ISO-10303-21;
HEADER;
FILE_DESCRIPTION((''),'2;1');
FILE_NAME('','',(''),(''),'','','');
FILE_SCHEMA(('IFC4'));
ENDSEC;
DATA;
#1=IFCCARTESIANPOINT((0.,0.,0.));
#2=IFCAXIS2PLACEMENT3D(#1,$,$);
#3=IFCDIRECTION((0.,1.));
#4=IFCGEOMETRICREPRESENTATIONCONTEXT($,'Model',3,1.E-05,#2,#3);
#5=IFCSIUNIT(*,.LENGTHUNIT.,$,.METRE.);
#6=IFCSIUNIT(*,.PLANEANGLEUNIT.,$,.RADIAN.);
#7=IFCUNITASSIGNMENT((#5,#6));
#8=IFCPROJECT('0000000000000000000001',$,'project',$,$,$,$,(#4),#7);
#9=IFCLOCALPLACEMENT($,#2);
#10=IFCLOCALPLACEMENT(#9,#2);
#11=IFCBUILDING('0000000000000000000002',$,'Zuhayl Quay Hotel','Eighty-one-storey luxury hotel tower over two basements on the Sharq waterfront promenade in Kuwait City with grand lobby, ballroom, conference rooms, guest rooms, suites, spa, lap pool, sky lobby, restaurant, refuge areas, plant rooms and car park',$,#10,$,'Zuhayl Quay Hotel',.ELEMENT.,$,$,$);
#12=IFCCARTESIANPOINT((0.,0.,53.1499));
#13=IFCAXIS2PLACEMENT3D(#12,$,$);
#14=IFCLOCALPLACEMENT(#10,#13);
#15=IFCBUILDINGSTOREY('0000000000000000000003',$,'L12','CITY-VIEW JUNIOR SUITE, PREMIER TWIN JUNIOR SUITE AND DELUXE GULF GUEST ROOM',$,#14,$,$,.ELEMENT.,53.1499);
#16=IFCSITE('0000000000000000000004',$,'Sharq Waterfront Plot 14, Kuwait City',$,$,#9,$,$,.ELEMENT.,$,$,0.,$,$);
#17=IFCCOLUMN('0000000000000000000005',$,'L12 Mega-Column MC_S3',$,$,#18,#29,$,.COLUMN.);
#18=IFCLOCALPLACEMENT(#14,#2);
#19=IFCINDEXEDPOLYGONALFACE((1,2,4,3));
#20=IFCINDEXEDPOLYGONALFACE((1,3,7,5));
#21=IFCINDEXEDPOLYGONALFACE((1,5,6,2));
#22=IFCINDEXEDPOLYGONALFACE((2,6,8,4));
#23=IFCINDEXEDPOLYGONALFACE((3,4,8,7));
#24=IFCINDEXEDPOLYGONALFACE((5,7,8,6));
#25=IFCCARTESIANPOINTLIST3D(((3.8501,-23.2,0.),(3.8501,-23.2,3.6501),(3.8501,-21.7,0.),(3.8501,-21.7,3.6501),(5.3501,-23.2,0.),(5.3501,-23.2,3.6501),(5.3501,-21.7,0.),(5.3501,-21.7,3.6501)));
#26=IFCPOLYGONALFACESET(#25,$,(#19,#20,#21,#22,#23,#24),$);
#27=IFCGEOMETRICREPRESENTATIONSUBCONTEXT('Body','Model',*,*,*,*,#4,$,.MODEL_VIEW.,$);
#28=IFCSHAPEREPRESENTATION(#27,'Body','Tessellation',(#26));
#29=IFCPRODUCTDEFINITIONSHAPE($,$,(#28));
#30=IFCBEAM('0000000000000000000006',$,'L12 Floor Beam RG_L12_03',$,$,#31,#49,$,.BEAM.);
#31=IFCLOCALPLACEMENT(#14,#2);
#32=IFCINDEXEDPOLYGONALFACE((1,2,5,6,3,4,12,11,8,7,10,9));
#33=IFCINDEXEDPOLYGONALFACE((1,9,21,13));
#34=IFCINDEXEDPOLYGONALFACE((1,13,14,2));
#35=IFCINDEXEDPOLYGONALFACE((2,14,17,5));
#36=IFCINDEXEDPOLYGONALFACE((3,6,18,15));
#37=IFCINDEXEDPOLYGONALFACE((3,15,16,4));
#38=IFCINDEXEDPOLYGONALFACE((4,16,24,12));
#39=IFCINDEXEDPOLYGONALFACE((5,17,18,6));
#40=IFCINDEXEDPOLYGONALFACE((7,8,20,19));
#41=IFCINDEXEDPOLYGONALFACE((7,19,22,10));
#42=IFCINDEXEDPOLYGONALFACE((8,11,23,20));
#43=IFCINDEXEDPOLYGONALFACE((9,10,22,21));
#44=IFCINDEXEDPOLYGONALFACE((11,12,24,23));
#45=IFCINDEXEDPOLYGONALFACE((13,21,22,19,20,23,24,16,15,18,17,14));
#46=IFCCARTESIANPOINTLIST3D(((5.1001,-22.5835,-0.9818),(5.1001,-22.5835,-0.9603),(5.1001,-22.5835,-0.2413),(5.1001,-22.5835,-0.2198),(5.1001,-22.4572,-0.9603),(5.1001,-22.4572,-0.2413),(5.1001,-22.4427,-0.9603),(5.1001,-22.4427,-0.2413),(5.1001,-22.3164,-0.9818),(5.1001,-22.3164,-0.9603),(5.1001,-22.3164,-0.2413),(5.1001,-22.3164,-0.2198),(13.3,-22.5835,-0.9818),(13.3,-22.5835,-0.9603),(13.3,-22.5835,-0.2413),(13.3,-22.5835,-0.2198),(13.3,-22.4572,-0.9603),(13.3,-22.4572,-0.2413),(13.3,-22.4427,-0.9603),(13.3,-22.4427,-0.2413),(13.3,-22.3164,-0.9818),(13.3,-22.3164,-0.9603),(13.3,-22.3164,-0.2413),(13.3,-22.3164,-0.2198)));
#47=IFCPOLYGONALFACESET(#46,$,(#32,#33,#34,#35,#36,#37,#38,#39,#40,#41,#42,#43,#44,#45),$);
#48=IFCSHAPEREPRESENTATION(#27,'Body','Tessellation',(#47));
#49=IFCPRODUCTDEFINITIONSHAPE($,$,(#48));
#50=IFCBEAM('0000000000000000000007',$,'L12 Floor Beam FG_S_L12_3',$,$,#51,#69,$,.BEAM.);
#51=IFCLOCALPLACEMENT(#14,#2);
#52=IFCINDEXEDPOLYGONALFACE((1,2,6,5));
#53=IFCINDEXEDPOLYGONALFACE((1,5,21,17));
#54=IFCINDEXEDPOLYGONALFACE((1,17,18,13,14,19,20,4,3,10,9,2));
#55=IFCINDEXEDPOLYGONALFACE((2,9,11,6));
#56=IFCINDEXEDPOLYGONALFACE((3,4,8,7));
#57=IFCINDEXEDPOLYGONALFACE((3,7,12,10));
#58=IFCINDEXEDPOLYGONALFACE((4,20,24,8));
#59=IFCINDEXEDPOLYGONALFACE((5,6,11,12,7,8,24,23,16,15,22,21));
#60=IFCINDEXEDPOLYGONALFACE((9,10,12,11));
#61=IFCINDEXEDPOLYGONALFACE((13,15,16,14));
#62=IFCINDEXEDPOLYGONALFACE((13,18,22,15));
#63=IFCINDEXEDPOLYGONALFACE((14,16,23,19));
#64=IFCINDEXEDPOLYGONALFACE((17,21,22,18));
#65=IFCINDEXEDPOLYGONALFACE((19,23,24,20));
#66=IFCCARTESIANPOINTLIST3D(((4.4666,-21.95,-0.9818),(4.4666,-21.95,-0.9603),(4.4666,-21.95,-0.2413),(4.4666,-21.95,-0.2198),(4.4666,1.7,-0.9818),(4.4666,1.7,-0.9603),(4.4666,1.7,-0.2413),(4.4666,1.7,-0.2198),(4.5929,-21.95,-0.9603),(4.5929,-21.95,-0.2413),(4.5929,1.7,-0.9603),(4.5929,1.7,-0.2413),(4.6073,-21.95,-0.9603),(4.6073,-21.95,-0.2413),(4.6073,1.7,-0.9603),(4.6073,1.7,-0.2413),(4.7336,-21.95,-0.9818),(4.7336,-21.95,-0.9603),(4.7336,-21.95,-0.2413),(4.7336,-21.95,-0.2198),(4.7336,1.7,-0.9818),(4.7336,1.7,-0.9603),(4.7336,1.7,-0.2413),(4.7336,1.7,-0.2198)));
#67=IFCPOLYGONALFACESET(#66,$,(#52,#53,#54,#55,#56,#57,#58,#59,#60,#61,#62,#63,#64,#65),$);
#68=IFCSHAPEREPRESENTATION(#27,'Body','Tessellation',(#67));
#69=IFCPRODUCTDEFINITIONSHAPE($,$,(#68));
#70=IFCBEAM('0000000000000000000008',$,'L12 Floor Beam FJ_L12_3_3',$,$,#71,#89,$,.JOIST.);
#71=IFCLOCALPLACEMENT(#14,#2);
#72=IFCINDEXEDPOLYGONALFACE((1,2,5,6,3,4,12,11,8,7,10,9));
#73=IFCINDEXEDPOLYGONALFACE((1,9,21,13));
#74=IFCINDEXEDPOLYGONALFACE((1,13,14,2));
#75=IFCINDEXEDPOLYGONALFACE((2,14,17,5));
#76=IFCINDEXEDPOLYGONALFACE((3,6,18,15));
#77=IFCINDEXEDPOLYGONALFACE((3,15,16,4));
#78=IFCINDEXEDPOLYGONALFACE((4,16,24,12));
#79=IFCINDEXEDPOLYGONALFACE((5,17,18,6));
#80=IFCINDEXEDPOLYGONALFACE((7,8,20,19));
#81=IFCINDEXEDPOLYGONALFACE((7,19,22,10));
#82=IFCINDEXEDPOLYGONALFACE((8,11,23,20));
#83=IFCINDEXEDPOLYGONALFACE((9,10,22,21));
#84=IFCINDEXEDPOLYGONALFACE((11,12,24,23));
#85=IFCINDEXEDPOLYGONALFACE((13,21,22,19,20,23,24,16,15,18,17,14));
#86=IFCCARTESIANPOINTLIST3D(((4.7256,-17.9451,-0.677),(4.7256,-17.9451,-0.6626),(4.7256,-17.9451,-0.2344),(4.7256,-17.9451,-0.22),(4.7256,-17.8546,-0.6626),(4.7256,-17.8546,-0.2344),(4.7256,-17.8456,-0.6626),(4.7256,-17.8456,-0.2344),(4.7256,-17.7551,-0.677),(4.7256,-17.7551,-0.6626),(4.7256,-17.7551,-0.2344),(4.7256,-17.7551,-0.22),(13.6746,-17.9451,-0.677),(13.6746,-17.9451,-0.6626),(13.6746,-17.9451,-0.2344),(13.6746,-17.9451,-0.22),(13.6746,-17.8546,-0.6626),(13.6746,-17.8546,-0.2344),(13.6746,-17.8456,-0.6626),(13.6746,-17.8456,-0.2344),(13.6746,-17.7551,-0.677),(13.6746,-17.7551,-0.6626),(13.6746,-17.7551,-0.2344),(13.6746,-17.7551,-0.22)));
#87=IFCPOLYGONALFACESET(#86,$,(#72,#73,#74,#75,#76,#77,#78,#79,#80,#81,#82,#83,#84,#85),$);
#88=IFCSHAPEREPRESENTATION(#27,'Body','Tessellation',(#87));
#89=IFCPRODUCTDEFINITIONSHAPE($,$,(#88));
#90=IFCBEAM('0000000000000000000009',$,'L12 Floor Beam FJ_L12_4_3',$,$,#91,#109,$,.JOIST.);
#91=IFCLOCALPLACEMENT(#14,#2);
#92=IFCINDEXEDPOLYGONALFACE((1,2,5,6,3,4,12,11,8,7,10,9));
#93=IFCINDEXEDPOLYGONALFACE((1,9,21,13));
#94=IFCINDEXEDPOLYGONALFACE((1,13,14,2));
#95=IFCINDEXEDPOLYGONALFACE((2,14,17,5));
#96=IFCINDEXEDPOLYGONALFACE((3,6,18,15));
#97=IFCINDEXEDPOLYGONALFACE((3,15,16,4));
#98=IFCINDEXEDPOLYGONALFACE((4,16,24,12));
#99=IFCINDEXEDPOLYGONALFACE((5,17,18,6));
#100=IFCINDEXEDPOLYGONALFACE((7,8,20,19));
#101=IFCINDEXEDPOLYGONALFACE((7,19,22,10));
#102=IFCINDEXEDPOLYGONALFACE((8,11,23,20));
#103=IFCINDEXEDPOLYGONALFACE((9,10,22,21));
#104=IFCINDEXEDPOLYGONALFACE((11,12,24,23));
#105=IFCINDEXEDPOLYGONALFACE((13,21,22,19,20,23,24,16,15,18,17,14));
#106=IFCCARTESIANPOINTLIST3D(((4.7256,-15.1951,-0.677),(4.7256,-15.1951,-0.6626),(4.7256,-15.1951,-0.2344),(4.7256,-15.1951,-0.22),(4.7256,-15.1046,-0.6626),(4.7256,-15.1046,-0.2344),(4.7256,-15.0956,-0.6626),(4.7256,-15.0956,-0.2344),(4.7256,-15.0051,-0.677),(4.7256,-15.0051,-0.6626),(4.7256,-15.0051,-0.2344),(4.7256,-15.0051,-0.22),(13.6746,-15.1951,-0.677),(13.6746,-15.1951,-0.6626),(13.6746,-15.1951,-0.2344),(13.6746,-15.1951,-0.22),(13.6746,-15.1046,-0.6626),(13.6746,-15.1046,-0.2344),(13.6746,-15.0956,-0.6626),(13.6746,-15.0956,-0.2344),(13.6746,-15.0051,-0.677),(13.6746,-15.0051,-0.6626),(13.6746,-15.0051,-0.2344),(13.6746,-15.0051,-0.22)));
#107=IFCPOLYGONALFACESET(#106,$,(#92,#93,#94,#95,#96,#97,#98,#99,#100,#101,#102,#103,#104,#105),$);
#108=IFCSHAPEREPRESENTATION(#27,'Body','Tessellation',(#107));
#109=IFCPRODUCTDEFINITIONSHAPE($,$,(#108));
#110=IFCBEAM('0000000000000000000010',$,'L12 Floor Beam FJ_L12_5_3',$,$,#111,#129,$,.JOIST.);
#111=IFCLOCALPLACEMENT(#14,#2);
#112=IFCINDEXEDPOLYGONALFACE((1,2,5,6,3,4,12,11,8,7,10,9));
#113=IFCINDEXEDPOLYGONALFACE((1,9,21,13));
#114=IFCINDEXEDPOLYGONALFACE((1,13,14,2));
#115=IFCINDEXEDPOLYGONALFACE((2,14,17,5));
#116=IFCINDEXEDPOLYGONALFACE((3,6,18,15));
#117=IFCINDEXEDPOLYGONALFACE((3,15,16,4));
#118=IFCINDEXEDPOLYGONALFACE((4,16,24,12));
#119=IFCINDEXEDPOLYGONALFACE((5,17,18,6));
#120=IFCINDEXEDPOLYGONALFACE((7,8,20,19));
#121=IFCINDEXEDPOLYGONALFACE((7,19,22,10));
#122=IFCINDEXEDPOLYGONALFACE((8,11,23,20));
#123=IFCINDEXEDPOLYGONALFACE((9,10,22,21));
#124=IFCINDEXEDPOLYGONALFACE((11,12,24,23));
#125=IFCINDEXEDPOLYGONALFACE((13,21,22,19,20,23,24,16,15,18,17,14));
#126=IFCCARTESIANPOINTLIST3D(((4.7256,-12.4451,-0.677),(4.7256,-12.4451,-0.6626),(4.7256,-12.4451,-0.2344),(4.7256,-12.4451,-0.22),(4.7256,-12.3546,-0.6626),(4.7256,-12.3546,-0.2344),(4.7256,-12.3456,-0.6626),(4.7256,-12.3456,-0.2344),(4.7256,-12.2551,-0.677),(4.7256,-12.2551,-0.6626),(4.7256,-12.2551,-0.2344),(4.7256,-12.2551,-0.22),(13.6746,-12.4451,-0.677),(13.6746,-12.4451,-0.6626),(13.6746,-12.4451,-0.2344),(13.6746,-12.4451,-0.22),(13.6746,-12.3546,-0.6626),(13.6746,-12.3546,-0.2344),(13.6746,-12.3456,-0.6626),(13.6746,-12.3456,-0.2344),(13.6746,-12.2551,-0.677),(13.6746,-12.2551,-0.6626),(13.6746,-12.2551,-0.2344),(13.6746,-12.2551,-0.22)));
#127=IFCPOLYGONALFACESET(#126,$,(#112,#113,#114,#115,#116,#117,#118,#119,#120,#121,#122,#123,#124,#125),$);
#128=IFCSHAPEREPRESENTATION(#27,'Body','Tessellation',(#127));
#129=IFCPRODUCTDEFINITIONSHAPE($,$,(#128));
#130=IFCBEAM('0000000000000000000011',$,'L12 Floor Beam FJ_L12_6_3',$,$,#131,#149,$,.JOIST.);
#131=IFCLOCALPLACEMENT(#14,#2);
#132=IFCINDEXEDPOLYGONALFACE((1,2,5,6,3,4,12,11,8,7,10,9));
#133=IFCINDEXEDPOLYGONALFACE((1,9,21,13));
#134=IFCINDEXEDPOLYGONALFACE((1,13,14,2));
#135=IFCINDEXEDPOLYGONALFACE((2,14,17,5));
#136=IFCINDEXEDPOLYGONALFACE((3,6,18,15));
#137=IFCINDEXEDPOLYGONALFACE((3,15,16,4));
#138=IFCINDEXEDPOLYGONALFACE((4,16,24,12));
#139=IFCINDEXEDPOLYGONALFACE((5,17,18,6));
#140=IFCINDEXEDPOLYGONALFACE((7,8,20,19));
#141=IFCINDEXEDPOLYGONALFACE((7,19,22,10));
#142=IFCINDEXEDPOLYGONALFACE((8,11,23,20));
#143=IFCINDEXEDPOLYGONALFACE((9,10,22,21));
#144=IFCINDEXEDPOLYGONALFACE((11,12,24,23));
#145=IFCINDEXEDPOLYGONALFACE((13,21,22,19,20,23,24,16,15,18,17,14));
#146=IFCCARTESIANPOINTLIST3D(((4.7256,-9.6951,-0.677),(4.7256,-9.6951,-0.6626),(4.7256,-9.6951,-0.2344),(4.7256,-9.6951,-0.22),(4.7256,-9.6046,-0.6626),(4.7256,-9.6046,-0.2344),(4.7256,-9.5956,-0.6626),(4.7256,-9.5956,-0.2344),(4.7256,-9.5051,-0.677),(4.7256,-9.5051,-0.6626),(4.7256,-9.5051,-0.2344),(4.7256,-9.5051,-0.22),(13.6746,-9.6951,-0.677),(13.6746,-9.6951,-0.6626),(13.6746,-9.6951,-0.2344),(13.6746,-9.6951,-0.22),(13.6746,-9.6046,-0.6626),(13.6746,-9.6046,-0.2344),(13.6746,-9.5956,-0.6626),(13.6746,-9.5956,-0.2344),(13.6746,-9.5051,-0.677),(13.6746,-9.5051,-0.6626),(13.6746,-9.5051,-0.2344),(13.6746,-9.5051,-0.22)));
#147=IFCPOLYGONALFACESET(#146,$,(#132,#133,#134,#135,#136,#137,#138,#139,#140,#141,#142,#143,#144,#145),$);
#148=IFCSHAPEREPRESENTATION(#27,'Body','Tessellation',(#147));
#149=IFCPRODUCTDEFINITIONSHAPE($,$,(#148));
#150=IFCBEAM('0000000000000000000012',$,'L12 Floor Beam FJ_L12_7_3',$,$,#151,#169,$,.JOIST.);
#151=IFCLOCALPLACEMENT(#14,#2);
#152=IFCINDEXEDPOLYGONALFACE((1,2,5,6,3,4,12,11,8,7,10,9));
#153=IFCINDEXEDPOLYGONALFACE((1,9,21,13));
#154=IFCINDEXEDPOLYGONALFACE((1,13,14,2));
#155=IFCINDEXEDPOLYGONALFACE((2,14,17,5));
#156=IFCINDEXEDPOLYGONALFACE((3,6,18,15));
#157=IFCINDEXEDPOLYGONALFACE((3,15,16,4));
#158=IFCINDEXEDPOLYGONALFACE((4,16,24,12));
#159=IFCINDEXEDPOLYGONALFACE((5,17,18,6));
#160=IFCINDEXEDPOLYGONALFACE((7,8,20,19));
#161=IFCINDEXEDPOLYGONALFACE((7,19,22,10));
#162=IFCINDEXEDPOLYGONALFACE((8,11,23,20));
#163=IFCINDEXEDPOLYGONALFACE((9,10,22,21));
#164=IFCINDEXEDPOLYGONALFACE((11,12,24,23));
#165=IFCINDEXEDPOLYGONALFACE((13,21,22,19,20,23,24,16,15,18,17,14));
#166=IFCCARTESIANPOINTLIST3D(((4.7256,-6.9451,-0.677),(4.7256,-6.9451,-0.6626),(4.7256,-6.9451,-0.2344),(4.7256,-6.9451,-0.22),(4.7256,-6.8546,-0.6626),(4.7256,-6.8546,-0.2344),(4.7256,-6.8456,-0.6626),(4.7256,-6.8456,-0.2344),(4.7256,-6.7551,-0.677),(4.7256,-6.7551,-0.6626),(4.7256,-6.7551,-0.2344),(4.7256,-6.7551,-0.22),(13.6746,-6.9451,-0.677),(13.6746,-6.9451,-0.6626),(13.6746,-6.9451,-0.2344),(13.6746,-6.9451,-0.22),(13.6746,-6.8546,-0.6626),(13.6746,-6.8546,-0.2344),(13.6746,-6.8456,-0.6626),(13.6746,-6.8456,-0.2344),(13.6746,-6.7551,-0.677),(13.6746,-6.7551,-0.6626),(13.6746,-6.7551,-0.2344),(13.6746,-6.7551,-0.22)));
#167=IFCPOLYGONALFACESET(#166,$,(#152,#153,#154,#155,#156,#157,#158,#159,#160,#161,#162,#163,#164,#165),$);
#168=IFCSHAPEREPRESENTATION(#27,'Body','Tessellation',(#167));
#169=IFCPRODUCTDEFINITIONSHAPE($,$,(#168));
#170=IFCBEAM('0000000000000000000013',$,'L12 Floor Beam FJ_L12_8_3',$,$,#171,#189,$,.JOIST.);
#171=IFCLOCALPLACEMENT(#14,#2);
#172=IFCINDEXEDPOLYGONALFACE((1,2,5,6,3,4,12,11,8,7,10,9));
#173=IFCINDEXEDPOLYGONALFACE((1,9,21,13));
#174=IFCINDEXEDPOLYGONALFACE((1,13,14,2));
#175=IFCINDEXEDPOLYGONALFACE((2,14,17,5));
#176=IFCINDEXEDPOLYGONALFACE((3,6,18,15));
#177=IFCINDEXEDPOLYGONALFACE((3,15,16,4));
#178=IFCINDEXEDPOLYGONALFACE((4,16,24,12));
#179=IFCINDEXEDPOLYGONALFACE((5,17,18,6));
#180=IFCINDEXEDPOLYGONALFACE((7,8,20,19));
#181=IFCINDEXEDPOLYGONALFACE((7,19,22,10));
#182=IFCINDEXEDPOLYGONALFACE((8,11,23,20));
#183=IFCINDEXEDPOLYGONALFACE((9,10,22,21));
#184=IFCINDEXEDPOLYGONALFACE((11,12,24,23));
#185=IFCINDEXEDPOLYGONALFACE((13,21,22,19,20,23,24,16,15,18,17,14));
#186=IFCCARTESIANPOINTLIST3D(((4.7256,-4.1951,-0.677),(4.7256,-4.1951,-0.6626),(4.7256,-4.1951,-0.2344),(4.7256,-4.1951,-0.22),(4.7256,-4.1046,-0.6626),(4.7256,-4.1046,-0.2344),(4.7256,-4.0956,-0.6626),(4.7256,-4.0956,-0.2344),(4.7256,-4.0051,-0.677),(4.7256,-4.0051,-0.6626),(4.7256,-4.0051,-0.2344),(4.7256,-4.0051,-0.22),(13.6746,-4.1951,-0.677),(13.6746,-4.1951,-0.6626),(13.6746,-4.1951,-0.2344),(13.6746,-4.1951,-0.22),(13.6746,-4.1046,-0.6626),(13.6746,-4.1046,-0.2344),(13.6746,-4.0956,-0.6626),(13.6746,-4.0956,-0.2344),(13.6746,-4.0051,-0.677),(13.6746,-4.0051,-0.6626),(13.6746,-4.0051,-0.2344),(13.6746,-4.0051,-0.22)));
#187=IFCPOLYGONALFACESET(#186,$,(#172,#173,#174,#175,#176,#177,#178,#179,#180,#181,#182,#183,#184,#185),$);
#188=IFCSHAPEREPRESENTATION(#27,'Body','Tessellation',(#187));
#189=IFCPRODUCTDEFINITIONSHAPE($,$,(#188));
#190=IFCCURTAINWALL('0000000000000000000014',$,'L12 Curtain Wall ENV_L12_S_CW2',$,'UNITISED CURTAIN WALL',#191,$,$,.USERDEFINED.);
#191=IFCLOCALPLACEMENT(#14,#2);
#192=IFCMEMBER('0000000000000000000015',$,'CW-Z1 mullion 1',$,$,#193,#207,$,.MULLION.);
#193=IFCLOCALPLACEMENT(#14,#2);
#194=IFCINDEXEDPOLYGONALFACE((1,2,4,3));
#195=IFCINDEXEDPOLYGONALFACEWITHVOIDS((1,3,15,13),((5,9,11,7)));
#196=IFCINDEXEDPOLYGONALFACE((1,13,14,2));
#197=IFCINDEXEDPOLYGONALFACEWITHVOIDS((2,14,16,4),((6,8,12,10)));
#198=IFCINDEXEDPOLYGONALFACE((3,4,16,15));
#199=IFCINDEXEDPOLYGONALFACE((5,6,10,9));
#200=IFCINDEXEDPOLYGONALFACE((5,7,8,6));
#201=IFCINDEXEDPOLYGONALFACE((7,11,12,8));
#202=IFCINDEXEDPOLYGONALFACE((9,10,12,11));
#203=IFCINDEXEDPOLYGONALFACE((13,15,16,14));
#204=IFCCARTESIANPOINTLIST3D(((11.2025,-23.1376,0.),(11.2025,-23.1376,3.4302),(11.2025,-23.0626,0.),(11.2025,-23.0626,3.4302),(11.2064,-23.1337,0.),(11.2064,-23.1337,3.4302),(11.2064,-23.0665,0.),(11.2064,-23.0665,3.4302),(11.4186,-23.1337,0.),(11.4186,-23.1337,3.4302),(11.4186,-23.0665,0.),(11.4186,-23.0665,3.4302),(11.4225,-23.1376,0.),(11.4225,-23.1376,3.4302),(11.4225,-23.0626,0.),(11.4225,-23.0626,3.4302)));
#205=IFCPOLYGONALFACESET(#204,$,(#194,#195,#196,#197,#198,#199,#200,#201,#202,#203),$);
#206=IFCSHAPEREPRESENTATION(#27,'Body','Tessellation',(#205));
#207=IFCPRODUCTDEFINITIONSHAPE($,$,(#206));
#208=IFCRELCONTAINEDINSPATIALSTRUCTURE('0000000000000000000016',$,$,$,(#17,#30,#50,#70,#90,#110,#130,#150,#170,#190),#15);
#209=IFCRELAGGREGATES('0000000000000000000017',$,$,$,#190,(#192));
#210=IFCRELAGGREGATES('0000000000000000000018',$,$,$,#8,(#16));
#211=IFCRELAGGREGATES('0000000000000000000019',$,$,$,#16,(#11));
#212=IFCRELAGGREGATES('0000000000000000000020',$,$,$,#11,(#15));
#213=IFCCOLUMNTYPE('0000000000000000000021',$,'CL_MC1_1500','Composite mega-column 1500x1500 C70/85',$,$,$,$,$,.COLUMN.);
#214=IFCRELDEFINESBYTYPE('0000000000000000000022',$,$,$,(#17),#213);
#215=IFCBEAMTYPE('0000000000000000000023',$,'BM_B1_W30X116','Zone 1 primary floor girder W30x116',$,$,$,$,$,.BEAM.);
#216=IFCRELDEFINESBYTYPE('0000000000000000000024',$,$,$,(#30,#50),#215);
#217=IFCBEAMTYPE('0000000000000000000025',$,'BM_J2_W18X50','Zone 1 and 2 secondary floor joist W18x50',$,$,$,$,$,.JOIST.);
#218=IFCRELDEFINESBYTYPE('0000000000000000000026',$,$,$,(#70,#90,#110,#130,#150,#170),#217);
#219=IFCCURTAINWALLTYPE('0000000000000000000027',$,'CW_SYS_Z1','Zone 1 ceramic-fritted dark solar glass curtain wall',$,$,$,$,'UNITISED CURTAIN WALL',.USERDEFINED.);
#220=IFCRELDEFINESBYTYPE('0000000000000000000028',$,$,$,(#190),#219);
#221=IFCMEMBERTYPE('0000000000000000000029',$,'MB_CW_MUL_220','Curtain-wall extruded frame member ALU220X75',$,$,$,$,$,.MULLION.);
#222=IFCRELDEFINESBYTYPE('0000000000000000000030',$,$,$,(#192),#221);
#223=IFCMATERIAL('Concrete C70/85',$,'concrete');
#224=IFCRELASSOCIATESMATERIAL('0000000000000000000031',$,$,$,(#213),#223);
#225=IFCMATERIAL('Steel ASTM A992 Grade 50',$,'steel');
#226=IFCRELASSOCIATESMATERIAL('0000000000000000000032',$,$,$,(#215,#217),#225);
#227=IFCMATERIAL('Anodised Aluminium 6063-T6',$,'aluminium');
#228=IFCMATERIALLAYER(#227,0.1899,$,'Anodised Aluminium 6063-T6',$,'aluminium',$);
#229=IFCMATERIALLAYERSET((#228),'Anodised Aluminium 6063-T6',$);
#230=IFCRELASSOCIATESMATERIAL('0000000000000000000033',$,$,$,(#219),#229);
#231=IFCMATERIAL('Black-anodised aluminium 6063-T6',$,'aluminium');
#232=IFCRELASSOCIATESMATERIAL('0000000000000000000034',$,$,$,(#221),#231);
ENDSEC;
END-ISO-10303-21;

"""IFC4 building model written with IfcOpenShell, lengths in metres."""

from ifc_helpers import new_model, si_unit, direction, frame, origin, origin_2d, place, context, subcontext, project, spatial, rectangle, hollow_rectangle, i_section, extrude, material, layer, layer_set, material_profile, profile_set, type_object, element, aggregate, save


model = new_model("IFC4")

# Units and contexts
model_context = context("Model", 3, precision=1e-05, world=origin(), true_north=direction((0.0, 1.0)))
body_context = subcontext(model_context, "Body", "Model", "MODEL_VIEW")
ifc_project = project(units=[si_unit("LENGTHUNIT", "METRE"), si_unit("PLANEANGLEUNIT", "RADIAN")], contexts=[model_context])

# Site, building, storey
site_placement = place(None, origin())
site = spatial("IfcSite", under=ifc_project, at=site_placement, Name="Sharq Waterfront Plot 14, Kuwait City", CompositionType="ELEMENT", RefElevation=0.0)
building_placement = place(site_placement, origin())
building = spatial("IfcBuilding", under=site, at=building_placement, Name="Zuhayl Quay Hotel", Description="Eighty-one-storey luxury hotel tower over two basements on the Sharq waterfront promenade in Kuwait City with grand lobby, ballroom, conference rooms, guest rooms, suites, spa, lap pool, sky lobby, restaurant, refuge areas, plant rooms and car park", LongName="Zuhayl Quay Hotel", CompositionType="ELEMENT")
storey_placement = place(building_placement, frame((0.0, 0.0, 53.1499)))
storey = spatial("IfcBuildingStorey", under=building, at=storey_placement, Name="L12", Description="CITY-VIEW JUNIOR SUITE, PREMIER TWIN JUNIOR SUITE AND DELUXE GULF GUEST ROOM", CompositionType="ELEMENT", Elevation=53.1499)

# Column
ifc_material_1 = material(Name="Concrete C70/85", Category="concrete")
ifc_material_profile_1 = material_profile(ifc_material_1, rectangle(XDim=1.5, YDim=1.5, at=origin_2d()), Name="RC1500X1500")
ifc_profile_set_1 = profile_set([ifc_material_profile_1], Name="Concrete C70/85")
column_type = type_object("IfcColumnType", Name="CL_MC1_1500", Description="Composite mega-column 1500x1500 C70/85", PredefinedType="COLUMN", material=ifc_profile_set_1)
column_placement = place(storey_placement, frame((4.6001, -22.45, 0.0), z_axis=(0.0, 0.0, 1.0), x_axis=(1.0, 0.0, 0.0)))
element("IfcColumn", 1, at=column_placement, inside=storey, type_object=column_type, Name="L12 Mega-Column MC_S3", PredefinedType="COLUMN", context=body_context, shape_type="SweptSolid", body=[
    extrude(rectangle(XDim=1.5, YDim=1.5, at=origin_2d()), origin(), (0.0, 0.0, 1.0), 3.6501),
])

# Beams
ifc_material_2 = material(Name="Steel ASTM A992 Grade 50", Category="steel")
ifc_material_profile_2 = material_profile(ifc_material_2, i_section(OverallWidth=0.2671, OverallDepth=0.762, WebThickness=0.0144, FlangeThickness=0.0215, at=origin_2d()), Name="W30X116")
ifc_profile_set_2 = profile_set([ifc_material_profile_2], Name="Steel ASTM A992 Grade 50")
beam_type_1 = type_object("IfcBeamType", Name="BM_B1_W30X116", Description="Zone 1 primary floor girder W30x116", PredefinedType="BEAM", material=ifc_profile_set_2)
beam_1_placement = place(storey_placement, frame((5.1001, -22.45, -0.6008), z_axis=(1.0, 0.0, 0.0), x_axis=(0.0, 1.0, 0.0)))
element("IfcBeam", 2, at=beam_1_placement, inside=storey, type_object=beam_type_1, Name="L12 Floor Beam RG_L12_03", PredefinedType="BEAM", context=body_context, shape_type="SweptSolid", body=[
    extrude(i_section(OverallWidth=0.2671, OverallDepth=0.762, WebThickness=0.0144, FlangeThickness=0.0215, at=origin_2d()), origin(), (0.0, 0.0, 1.0), 8.2),
])
beam_2_placement = place(storey_placement, frame((4.6001, -21.95, -0.6008), z_axis=(0.0, 1.0, 0.0), x_axis=(-1.0, 0.0, 0.0)))
element("IfcBeam", 3, at=beam_2_placement, inside=storey, type_object=beam_type_1, Name="L12 Floor Beam FG_S_L12_3", PredefinedType="BEAM", context=body_context, shape_type="SweptSolid", body=[
    extrude(i_section(OverallWidth=0.2671, OverallDepth=0.762, WebThickness=0.0144, FlangeThickness=0.0215, at=origin_2d()), origin(), (0.0, 0.0, 1.0), 23.6499),
])
ifc_material_profile_3 = material_profile(ifc_material_2, i_section(OverallWidth=0.1899, OverallDepth=0.457, WebThickness=0.009, FlangeThickness=0.0144, at=origin_2d()), Name="W18X50")
ifc_profile_set_3 = profile_set([ifc_material_profile_3], Name="Steel ASTM A992 Grade 50")
beam_type_2 = type_object("IfcBeamType", Name="BM_J2_W18X50", Description="Zone 1 and 2 secondary floor joist W18x50", PredefinedType="JOIST", material=ifc_profile_set_3)
for number, where, z_axis, x_axis, name in (
    (4, (4.7256, -17.8501, -0.4485), (1.0, 0.0, 0.0), (0.0, 1.0, 0.0), "L12 Floor Beam FJ_L12_3_3"),
    (5, (4.7256, -15.1001, -0.4485), (1.0, 0.0, 0.0), (0.0, 1.0, 0.0), "L12 Floor Beam FJ_L12_4_3"),
    (6, (4.7256, -12.3501, -0.4485), (1.0, 0.0, 0.0), (0.0, 1.0, 0.0), "L12 Floor Beam FJ_L12_5_3"),
    (7, (4.7256, -9.6001, -0.4485), (1.0, 0.0, 0.0), (0.0, 1.0, 0.0), "L12 Floor Beam FJ_L12_6_3"),
    (8, (4.7256, -6.8501, -0.4485), (1.0, 0.0, 0.0), (0.0, 1.0, 0.0), "L12 Floor Beam FJ_L12_7_3"),
    (9, (4.7256, -4.1001, -0.4485), (1.0, 0.0, 0.0), (0.0, 1.0, 0.0), "L12 Floor Beam FJ_L12_8_3"),
):
    element("IfcBeam", number, at=place(storey_placement, frame(where, z_axis=z_axis, x_axis=x_axis)), inside=storey, type_object=beam_type_2, Name=name, PredefinedType="JOIST", context=body_context, shape_type="SweptSolid", body=[
        extrude(i_section(OverallWidth=0.1899, OverallDepth=0.457, WebThickness=0.009, FlangeThickness=0.0144, at=origin_2d()), origin(), (0.0, 0.0, 1.0), 8.949),
    ])

# Curtain wall, member
ifc_material_3 = material(Name="Anodised Aluminium 6063-T6", Category="aluminium")
ifc_layer_1 = layer(ifc_material_3, 0.1899, Name="Anodised Aluminium 6063-T6", Category="aluminium")
ifc_layer_set_1 = layer_set([ifc_layer_1], Name="Anodised Aluminium 6063-T6")
curtain_wall_type = type_object("IfcCurtainWallType", Name="CW_SYS_Z1", Description="Zone 1 ceramic-fritted dark solar glass curtain wall", ElementType="UNITISED CURTAIN WALL", PredefinedType="USERDEFINED", material=ifc_layer_set_1)
curtain_wall_1_placement = place(storey_placement, origin())
curtain_wall_1 = element("IfcCurtainWall", 10, at=curtain_wall_1_placement, inside=storey, type_object=curtain_wall_type, Name="L12 Curtain Wall ENV_L12_S_CW2", ObjectType="UNITISED CURTAIN WALL", PredefinedType="USERDEFINED")
ifc_material_4 = material(Name="Black-anodised aluminium 6063-T6", Category="aluminium")
ifc_material_profile_4 = material_profile(ifc_material_4, hollow_rectangle(XDim=0.075, YDim=0.22, WallThickness=0.0039, at=origin_2d()), Name="ALU220X75")
ifc_profile_set_4 = profile_set([ifc_material_profile_4], Name="Black-anodised aluminium 6063-T6")
member_type_1 = type_object("IfcMemberType", Name="MB_CW_MUL_220", Description="Curtain-wall extruded frame member ALU220X75", PredefinedType="MULLION", material=ifc_profile_set_4)
member_1_placement = place(storey_placement, frame((11.3125, -23.1001, 0.0), z_axis=(0.0, 0.0, 1.0), x_axis=(0.0, -1.0, 0.0)))
member_1 = element("IfcMember", 11, at=member_1_placement, type_object=member_type_1, Name="CW-Z1 mullion 1", PredefinedType="MULLION", context=body_context, shape_type="SweptSolid", body=[
    extrude(hollow_rectangle(XDim=0.075, YDim=0.22, WallThickness=0.0039, at=origin_2d()), origin(), (0.0, 0.0, 1.0), 3.4302),
])

aggregate(curtain_wall_1, [member_1])

save(model, "model.ifc")
